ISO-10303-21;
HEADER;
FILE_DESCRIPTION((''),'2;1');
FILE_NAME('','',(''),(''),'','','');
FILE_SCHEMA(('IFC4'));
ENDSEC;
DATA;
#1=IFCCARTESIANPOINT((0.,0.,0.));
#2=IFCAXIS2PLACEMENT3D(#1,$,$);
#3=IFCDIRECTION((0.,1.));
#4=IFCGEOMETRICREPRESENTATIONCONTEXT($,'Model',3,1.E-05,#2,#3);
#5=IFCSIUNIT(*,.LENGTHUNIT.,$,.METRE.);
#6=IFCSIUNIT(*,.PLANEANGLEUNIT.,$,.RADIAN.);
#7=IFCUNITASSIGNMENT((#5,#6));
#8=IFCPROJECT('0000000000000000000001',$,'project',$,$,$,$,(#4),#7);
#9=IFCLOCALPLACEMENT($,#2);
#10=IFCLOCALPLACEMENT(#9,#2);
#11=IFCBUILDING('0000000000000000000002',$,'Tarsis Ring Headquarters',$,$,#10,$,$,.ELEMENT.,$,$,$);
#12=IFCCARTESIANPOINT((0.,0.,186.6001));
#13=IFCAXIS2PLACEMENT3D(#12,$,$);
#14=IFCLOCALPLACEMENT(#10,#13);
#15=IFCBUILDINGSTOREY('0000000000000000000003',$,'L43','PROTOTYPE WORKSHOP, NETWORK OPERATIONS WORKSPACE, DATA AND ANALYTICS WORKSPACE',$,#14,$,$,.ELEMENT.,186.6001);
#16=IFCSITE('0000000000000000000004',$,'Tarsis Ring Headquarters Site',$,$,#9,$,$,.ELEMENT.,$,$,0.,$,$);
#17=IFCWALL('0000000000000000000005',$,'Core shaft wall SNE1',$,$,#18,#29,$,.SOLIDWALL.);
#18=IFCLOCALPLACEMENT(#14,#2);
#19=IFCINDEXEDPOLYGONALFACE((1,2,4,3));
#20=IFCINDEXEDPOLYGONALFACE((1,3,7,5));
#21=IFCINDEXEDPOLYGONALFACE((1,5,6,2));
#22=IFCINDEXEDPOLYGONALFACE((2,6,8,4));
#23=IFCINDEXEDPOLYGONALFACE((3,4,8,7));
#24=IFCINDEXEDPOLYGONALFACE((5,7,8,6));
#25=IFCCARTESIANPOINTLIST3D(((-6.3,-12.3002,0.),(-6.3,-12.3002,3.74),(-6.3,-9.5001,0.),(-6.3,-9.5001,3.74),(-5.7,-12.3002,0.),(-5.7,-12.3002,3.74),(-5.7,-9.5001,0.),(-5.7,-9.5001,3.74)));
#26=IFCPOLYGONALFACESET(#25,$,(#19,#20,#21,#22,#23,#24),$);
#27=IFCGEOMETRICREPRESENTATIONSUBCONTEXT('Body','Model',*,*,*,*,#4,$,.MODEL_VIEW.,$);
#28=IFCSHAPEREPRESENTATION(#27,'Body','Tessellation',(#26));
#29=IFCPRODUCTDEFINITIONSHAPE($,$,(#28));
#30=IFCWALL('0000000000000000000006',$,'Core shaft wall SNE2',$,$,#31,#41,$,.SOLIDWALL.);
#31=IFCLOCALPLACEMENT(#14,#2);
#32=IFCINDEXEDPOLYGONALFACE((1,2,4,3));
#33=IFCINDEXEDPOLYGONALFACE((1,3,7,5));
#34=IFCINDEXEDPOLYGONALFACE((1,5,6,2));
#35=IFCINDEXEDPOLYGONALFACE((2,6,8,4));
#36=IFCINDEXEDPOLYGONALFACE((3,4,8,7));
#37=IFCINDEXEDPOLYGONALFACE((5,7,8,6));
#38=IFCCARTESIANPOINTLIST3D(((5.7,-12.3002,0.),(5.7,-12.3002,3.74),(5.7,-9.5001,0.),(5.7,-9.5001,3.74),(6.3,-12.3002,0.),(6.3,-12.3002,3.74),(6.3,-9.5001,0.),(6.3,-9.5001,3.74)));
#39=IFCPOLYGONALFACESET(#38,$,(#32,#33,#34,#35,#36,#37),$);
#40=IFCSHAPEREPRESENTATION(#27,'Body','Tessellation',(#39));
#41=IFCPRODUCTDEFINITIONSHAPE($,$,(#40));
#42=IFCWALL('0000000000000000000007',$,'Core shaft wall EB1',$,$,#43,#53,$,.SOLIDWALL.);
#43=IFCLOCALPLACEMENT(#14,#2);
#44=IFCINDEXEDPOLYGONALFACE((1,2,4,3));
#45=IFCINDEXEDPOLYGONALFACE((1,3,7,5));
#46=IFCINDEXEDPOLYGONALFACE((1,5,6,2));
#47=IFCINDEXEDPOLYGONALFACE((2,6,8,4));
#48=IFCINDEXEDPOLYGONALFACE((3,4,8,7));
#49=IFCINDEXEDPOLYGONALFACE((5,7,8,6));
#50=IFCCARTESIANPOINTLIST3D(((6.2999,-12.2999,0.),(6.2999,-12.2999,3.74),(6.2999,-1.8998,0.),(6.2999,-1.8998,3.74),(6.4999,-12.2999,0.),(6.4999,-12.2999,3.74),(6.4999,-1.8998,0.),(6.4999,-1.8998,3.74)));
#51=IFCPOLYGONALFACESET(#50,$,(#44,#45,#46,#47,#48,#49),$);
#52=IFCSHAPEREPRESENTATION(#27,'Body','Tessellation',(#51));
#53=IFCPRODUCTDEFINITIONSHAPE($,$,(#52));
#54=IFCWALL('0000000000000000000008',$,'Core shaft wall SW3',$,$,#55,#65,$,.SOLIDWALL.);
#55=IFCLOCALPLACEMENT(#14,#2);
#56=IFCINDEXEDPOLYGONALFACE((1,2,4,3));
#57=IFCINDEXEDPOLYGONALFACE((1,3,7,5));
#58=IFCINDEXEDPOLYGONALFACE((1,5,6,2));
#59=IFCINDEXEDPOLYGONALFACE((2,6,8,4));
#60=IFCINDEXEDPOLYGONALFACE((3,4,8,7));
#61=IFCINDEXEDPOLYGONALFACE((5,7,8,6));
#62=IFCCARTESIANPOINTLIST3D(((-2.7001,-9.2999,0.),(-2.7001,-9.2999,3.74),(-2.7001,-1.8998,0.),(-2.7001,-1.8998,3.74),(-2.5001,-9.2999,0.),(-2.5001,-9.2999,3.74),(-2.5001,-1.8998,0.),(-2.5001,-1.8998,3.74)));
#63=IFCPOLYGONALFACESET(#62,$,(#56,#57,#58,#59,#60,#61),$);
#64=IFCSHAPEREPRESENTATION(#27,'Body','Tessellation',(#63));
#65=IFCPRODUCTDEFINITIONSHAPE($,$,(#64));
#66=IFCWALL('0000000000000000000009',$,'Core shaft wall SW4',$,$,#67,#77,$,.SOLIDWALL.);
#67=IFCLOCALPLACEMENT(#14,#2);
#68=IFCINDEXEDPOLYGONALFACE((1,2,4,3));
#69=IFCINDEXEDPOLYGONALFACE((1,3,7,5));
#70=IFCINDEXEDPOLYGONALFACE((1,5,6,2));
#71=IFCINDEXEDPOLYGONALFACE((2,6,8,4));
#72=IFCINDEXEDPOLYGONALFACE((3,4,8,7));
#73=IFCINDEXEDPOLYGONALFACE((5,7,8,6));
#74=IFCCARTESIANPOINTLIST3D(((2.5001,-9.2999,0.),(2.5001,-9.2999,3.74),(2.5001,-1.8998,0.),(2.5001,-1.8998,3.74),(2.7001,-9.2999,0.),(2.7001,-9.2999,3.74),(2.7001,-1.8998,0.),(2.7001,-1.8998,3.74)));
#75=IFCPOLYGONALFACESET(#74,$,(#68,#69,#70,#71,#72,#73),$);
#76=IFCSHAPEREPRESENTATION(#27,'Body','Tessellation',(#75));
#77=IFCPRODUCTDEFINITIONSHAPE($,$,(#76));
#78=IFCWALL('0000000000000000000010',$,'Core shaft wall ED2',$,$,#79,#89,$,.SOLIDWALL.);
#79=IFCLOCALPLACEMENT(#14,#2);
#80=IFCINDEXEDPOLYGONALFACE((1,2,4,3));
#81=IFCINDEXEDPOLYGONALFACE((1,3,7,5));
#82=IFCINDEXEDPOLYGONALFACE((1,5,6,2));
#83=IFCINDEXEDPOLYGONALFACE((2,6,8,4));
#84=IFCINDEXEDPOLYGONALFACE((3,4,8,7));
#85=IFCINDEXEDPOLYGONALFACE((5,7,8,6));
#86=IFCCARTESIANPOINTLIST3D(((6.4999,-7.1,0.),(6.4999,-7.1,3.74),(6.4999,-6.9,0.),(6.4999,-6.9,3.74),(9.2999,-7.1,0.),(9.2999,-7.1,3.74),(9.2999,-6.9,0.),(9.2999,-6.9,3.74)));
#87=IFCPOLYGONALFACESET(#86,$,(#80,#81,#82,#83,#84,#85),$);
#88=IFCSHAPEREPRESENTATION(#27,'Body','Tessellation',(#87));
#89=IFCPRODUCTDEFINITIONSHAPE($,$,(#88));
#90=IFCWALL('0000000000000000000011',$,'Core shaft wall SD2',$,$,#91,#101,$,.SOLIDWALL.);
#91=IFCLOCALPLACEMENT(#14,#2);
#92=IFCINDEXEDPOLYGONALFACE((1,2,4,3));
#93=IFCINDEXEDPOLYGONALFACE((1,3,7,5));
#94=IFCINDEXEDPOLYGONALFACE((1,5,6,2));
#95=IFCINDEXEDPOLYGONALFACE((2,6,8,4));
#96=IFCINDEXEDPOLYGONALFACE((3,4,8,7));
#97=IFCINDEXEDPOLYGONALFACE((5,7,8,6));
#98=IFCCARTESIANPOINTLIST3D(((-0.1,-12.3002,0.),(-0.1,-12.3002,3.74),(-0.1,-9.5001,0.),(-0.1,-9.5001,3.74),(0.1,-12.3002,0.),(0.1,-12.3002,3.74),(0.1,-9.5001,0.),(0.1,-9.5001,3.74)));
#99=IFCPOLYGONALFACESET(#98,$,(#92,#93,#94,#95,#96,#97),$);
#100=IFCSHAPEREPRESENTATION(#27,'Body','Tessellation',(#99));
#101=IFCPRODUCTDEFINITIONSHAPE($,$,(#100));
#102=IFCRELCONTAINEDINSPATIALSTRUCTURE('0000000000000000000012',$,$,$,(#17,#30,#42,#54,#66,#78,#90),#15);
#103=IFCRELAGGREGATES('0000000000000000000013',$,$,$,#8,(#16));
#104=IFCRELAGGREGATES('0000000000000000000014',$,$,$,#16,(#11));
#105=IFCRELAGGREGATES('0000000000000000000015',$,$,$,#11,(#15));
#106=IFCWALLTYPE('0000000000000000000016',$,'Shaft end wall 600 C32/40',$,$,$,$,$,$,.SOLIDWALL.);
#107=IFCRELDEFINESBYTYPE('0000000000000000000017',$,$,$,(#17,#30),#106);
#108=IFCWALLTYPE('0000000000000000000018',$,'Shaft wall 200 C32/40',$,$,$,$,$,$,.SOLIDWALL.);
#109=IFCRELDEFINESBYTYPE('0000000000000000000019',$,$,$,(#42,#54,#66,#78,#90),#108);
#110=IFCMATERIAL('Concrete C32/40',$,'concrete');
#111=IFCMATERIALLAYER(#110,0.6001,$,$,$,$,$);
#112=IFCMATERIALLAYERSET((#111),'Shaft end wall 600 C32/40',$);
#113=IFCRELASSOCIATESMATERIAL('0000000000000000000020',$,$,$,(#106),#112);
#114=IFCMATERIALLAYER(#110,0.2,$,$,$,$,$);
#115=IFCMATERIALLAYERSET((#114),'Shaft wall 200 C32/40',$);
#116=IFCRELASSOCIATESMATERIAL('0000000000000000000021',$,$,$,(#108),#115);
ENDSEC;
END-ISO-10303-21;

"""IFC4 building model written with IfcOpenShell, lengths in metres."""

from ifc_helpers import new_model, si_unit, direction, frame, frame_2d, origin, place, context, subcontext, project, spatial, rectangle, extrude, material, layer, layer_set, type_object, element, save


model = new_model("IFC4")

# Units and contexts
model_context = context("Model", 3, precision=1e-05, world=origin(), true_north=direction((0.0, 1.0)))
body_context = subcontext(model_context, "Body", "Model", "MODEL_VIEW")
ifc_project = project(units=[si_unit("LENGTHUNIT", "METRE"), si_unit("PLANEANGLEUNIT", "RADIAN")], contexts=[model_context])

# Site, building, storey
site_placement = place(None, origin())
site = spatial("IfcSite", under=ifc_project, at=site_placement, Name="Tarsis Ring Headquarters Site", CompositionType="ELEMENT", RefElevation=0.0)
building_placement = place(site_placement, origin())
building = spatial("IfcBuilding", under=site, at=building_placement, Name="Tarsis Ring Headquarters", CompositionType="ELEMENT")
storey_placement = place(building_placement, frame((0.0, 0.0, 186.6001)))
storey = spatial("IfcBuildingStorey", under=building, at=storey_placement, Name="L43", Description="PROTOTYPE WORKSHOP, NETWORK OPERATIONS WORKSPACE, DATA AND ANALYTICS WORKSPACE", CompositionType="ELEMENT", Elevation=186.6001)

# Walls
ifc_material_1 = material(Name="Concrete C32/40", Category="concrete")
ifc_layer_1 = layer(ifc_material_1, 0.6001)
ifc_layer_set_1 = layer_set([ifc_layer_1], Name="Shaft end wall 600 C32/40")
wall_type_1 = type_object("IfcWallType", Name="Shaft end wall 600 C32/40", PredefinedType="SOLIDWALL", material=ifc_layer_set_1)
for number, where, z_axis, x_axis, name in (
    (1, (-6.0, -12.3, 0.0), (0.0, 0.0, 1.0), (0.0, 1.0, 0.0), "Core shaft wall SNE1"),
    (2, (6.0, -12.3, 0.0), (0.0, 0.0, 1.0), (0.0, 1.0, 0.0), "Core shaft wall SNE2"),
):
    element("IfcWall", number, at=place(storey_placement, frame(where, z_axis=z_axis, x_axis=x_axis)), inside=storey, type_object=wall_type_1, Name=name, PredefinedType="SOLIDWALL", context=body_context, shape_type="SweptSolid", body=[
        extrude(rectangle(XDim=2.8, YDim=0.6001, at=frame_2d((1.3999, 0.0))), origin(), (0.0, 0.0, 1.0), 3.74),
    ])
ifc_layer_2 = layer(ifc_material_1, 0.2)
ifc_layer_set_2 = layer_set([ifc_layer_2], Name="Shaft wall 200 C32/40")
wall_type_2 = type_object("IfcWallType", Name="Shaft wall 200 C32/40", PredefinedType="SOLIDWALL", material=ifc_layer_set_2)
wall_1_placement = place(storey_placement, frame((6.3999, -12.3, 0.0), z_axis=(0.0, 0.0, 1.0), x_axis=(0.0, 1.0, 0.0)))
element("IfcWall", 3, at=wall_1_placement, inside=storey, type_object=wall_type_2, Name="Core shaft wall EB1", PredefinedType="SOLIDWALL", context=body_context, shape_type="SweptSolid", body=[
    extrude(rectangle(XDim=10.4001, YDim=0.2, at=frame_2d((5.2002, 0.0))), origin(), (0.0, 0.0, 1.0), 3.74),
])
for number, where, z_axis, x_axis, name in (
    (4, (-2.6001, -9.3, 0.0), (0.0, 0.0, 1.0), (0.0, 1.0, 0.0), "Core shaft wall SW3"),
    (5, (2.6001, -9.3, 0.0), (0.0, 0.0, 1.0), (0.0, 1.0, 0.0), "Core shaft wall SW4"),
):
    element("IfcWall", number, at=place(storey_placement, frame(where, z_axis=z_axis, x_axis=x_axis)), inside=storey, type_object=wall_type_2, Name=name, PredefinedType="SOLIDWALL", context=body_context, shape_type="SweptSolid", body=[
        extrude(rectangle(XDim=7.4001, YDim=0.2, at=frame_2d((3.7002, 0.0))), origin(), (0.0, 0.0, 1.0), 3.74),
    ])
for number, where, z_axis, x_axis, name in (
    (6, (6.5, -7.0, 0.0), (0.0, 0.0, 1.0), (1.0, 0.0, 0.0), "Core shaft wall ED2"),
    (7, (0.0, -12.3, 0.0), (0.0, 0.0, 1.0), (0.0, 1.0, 0.0), "Core shaft wall SD2"),
):
    element("IfcWall", number, at=place(storey_placement, frame(where, z_axis=z_axis, x_axis=x_axis)), inside=storey, type_object=wall_type_2, Name=name, PredefinedType="SOLIDWALL", context=body_context, shape_type="SweptSolid", body=[
        extrude(rectangle(XDim=2.8, YDim=0.2, at=frame_2d((1.3999, 0.0))), origin(), (0.0, 0.0, 1.0), 3.74),
    ])

save(model, "model.ifc")
